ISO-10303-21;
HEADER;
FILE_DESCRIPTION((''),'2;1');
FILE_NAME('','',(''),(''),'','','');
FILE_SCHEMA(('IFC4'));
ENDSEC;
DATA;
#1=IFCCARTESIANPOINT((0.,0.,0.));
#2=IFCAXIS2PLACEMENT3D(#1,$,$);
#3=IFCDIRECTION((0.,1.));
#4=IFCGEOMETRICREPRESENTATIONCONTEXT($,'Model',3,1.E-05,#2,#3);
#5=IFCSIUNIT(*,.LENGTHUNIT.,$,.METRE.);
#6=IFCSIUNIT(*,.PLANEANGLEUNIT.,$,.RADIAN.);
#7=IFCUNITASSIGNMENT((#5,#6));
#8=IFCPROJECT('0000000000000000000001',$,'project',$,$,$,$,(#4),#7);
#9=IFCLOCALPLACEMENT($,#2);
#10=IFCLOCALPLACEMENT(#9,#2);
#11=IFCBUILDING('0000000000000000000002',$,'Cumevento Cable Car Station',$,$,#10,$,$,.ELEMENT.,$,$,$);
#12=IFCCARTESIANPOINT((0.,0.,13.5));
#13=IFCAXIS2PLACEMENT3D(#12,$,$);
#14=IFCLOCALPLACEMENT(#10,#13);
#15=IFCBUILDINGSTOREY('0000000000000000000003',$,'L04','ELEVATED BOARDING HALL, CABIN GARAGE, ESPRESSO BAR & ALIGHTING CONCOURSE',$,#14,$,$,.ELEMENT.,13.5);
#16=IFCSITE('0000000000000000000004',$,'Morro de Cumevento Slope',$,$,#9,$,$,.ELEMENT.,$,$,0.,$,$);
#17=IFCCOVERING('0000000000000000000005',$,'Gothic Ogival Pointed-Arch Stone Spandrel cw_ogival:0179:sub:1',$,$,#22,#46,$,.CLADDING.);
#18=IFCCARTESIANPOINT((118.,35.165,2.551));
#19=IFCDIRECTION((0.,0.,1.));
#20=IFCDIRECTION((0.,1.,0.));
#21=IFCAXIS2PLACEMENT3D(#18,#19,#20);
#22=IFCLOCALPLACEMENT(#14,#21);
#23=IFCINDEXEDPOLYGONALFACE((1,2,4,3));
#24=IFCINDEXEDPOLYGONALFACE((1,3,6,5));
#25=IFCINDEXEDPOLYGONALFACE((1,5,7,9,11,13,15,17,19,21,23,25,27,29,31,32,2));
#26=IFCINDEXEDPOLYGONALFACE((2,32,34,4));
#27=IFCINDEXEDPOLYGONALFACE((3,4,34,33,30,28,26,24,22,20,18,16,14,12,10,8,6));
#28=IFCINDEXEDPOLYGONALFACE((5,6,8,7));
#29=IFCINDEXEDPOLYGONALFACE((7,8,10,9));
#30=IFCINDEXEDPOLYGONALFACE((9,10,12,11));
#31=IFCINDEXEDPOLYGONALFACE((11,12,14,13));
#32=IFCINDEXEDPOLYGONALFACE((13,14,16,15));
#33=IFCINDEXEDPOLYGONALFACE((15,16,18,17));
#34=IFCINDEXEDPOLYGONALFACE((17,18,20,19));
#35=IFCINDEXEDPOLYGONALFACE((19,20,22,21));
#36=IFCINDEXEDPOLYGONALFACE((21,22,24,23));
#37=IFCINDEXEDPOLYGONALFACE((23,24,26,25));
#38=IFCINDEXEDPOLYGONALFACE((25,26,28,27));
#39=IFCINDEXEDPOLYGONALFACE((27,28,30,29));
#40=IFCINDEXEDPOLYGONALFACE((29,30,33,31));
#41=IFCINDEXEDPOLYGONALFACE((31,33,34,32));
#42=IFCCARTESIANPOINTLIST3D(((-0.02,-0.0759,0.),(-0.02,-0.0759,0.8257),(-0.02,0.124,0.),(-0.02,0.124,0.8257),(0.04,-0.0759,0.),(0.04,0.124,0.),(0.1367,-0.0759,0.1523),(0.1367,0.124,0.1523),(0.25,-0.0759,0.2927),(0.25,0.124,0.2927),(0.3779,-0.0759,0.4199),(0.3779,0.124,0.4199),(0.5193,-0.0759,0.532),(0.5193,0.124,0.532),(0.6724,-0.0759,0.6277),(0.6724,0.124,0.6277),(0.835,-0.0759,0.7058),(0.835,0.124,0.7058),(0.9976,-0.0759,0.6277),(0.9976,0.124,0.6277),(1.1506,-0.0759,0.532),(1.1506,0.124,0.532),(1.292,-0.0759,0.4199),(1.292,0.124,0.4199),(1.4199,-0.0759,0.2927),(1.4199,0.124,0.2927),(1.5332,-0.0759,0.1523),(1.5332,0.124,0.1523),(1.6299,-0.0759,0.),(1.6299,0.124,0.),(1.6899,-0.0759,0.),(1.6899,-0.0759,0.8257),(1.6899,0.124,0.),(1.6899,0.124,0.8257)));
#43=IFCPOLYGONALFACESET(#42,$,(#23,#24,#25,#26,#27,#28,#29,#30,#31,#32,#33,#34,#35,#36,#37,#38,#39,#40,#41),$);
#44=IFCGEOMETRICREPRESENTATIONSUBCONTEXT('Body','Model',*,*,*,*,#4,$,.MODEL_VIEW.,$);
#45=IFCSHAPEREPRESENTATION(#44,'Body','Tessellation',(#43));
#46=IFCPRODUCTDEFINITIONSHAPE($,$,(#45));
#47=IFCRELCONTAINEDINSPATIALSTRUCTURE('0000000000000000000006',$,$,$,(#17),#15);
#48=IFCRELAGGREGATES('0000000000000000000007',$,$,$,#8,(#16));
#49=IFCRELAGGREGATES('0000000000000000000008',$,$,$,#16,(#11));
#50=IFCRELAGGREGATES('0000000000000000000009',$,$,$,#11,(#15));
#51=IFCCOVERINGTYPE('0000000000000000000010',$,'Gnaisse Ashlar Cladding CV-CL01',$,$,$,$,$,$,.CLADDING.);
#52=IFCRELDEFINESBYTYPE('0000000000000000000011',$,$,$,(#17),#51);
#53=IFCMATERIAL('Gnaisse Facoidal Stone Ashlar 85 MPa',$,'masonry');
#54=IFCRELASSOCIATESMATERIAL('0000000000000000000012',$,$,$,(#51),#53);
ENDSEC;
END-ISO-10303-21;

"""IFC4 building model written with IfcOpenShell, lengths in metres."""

from ifc_helpers import new_model, si_unit, direction, frame, origin, place, context, subcontext, project, spatial, polyline, outline, extrude, material, type_object, element, save


model = new_model("IFC4")

# Units and contexts
model_context = context("Model", 3, precision=1e-05, world=origin(), true_north=direction((0.0, 1.0)))
body_context = subcontext(model_context, "Body", "Model", "MODEL_VIEW")
ifc_project = project(units=[si_unit("LENGTHUNIT", "METRE"), si_unit("PLANEANGLEUNIT", "RADIAN")], contexts=[model_context])

# Site, building, storey
site_placement = place(None, origin())
site = spatial("IfcSite", under=ifc_project, at=site_placement, Name="Morro de Cumevento Slope", CompositionType="ELEMENT", RefElevation=0.0)
building_placement = place(site_placement, origin())
building = spatial("IfcBuilding", under=site, at=building_placement, Name="Cumevento Cable Car Station", CompositionType="ELEMENT")
storey_placement = place(building_placement, frame((0.0, 0.0, 13.5)))
storey = spatial("IfcBuildingStorey", under=building, at=storey_placement, Name="L04", Description="ELEVATED BOARDING HALL, CABIN GARAGE, ESPRESSO BAR & ALIGHTING CONCOURSE", CompositionType="ELEMENT", Elevation=13.5)

# Covering
ifc_material_1 = material(Name="Gnaisse Facoidal Stone Ashlar 85 MPa", Category="masonry")
covering_type = type_object("IfcCoveringType", Name="Gnaisse Ashlar Cladding CV-CL01", PredefinedType="CLADDING", material=ifc_material_1)
covering_1_placement = place(storey_placement, frame((118.0, 35.165, 2.551), z_axis=(0.0, 0.0, 1.0), x_axis=(0.0, 1.0, 0.0)))
element("IfcCovering", 1, at=covering_1_placement, inside=storey, type_object=covering_type, Name="Gothic Ogival Pointed-Arch Stone Spandrel cw_ogival:0179:sub:1", PredefinedType="CLADDING", context=body_context, shape_type="SweptSolid", body=[
    extrude(outline(polyline([(-0.02, 0.0), (-0.02, 0.8257), (1.6899, 0.8257), (1.6899, 0.0), (1.6299, 0.0), (1.5332, 0.1523), (1.4199, 0.2927), (1.292, 0.4199), (1.1506, 0.532), (0.9976, 0.6277), (0.835, 0.7058), (0.6724, 0.6277), (0.5193, 0.532), (0.3779, 0.4199), (0.25, 0.2927), (0.1367, 0.1523), (0.04, 0.0), (-0.02, 0.0)])), frame((0.0, 0.124, 0.0), z_axis=(0.0, -1.0, 0.0), x_axis=(1.0, 0.0, 0.0)), (0.0, 0.0, 1.0), 0.2),
])

save(model, "model.ifc")
